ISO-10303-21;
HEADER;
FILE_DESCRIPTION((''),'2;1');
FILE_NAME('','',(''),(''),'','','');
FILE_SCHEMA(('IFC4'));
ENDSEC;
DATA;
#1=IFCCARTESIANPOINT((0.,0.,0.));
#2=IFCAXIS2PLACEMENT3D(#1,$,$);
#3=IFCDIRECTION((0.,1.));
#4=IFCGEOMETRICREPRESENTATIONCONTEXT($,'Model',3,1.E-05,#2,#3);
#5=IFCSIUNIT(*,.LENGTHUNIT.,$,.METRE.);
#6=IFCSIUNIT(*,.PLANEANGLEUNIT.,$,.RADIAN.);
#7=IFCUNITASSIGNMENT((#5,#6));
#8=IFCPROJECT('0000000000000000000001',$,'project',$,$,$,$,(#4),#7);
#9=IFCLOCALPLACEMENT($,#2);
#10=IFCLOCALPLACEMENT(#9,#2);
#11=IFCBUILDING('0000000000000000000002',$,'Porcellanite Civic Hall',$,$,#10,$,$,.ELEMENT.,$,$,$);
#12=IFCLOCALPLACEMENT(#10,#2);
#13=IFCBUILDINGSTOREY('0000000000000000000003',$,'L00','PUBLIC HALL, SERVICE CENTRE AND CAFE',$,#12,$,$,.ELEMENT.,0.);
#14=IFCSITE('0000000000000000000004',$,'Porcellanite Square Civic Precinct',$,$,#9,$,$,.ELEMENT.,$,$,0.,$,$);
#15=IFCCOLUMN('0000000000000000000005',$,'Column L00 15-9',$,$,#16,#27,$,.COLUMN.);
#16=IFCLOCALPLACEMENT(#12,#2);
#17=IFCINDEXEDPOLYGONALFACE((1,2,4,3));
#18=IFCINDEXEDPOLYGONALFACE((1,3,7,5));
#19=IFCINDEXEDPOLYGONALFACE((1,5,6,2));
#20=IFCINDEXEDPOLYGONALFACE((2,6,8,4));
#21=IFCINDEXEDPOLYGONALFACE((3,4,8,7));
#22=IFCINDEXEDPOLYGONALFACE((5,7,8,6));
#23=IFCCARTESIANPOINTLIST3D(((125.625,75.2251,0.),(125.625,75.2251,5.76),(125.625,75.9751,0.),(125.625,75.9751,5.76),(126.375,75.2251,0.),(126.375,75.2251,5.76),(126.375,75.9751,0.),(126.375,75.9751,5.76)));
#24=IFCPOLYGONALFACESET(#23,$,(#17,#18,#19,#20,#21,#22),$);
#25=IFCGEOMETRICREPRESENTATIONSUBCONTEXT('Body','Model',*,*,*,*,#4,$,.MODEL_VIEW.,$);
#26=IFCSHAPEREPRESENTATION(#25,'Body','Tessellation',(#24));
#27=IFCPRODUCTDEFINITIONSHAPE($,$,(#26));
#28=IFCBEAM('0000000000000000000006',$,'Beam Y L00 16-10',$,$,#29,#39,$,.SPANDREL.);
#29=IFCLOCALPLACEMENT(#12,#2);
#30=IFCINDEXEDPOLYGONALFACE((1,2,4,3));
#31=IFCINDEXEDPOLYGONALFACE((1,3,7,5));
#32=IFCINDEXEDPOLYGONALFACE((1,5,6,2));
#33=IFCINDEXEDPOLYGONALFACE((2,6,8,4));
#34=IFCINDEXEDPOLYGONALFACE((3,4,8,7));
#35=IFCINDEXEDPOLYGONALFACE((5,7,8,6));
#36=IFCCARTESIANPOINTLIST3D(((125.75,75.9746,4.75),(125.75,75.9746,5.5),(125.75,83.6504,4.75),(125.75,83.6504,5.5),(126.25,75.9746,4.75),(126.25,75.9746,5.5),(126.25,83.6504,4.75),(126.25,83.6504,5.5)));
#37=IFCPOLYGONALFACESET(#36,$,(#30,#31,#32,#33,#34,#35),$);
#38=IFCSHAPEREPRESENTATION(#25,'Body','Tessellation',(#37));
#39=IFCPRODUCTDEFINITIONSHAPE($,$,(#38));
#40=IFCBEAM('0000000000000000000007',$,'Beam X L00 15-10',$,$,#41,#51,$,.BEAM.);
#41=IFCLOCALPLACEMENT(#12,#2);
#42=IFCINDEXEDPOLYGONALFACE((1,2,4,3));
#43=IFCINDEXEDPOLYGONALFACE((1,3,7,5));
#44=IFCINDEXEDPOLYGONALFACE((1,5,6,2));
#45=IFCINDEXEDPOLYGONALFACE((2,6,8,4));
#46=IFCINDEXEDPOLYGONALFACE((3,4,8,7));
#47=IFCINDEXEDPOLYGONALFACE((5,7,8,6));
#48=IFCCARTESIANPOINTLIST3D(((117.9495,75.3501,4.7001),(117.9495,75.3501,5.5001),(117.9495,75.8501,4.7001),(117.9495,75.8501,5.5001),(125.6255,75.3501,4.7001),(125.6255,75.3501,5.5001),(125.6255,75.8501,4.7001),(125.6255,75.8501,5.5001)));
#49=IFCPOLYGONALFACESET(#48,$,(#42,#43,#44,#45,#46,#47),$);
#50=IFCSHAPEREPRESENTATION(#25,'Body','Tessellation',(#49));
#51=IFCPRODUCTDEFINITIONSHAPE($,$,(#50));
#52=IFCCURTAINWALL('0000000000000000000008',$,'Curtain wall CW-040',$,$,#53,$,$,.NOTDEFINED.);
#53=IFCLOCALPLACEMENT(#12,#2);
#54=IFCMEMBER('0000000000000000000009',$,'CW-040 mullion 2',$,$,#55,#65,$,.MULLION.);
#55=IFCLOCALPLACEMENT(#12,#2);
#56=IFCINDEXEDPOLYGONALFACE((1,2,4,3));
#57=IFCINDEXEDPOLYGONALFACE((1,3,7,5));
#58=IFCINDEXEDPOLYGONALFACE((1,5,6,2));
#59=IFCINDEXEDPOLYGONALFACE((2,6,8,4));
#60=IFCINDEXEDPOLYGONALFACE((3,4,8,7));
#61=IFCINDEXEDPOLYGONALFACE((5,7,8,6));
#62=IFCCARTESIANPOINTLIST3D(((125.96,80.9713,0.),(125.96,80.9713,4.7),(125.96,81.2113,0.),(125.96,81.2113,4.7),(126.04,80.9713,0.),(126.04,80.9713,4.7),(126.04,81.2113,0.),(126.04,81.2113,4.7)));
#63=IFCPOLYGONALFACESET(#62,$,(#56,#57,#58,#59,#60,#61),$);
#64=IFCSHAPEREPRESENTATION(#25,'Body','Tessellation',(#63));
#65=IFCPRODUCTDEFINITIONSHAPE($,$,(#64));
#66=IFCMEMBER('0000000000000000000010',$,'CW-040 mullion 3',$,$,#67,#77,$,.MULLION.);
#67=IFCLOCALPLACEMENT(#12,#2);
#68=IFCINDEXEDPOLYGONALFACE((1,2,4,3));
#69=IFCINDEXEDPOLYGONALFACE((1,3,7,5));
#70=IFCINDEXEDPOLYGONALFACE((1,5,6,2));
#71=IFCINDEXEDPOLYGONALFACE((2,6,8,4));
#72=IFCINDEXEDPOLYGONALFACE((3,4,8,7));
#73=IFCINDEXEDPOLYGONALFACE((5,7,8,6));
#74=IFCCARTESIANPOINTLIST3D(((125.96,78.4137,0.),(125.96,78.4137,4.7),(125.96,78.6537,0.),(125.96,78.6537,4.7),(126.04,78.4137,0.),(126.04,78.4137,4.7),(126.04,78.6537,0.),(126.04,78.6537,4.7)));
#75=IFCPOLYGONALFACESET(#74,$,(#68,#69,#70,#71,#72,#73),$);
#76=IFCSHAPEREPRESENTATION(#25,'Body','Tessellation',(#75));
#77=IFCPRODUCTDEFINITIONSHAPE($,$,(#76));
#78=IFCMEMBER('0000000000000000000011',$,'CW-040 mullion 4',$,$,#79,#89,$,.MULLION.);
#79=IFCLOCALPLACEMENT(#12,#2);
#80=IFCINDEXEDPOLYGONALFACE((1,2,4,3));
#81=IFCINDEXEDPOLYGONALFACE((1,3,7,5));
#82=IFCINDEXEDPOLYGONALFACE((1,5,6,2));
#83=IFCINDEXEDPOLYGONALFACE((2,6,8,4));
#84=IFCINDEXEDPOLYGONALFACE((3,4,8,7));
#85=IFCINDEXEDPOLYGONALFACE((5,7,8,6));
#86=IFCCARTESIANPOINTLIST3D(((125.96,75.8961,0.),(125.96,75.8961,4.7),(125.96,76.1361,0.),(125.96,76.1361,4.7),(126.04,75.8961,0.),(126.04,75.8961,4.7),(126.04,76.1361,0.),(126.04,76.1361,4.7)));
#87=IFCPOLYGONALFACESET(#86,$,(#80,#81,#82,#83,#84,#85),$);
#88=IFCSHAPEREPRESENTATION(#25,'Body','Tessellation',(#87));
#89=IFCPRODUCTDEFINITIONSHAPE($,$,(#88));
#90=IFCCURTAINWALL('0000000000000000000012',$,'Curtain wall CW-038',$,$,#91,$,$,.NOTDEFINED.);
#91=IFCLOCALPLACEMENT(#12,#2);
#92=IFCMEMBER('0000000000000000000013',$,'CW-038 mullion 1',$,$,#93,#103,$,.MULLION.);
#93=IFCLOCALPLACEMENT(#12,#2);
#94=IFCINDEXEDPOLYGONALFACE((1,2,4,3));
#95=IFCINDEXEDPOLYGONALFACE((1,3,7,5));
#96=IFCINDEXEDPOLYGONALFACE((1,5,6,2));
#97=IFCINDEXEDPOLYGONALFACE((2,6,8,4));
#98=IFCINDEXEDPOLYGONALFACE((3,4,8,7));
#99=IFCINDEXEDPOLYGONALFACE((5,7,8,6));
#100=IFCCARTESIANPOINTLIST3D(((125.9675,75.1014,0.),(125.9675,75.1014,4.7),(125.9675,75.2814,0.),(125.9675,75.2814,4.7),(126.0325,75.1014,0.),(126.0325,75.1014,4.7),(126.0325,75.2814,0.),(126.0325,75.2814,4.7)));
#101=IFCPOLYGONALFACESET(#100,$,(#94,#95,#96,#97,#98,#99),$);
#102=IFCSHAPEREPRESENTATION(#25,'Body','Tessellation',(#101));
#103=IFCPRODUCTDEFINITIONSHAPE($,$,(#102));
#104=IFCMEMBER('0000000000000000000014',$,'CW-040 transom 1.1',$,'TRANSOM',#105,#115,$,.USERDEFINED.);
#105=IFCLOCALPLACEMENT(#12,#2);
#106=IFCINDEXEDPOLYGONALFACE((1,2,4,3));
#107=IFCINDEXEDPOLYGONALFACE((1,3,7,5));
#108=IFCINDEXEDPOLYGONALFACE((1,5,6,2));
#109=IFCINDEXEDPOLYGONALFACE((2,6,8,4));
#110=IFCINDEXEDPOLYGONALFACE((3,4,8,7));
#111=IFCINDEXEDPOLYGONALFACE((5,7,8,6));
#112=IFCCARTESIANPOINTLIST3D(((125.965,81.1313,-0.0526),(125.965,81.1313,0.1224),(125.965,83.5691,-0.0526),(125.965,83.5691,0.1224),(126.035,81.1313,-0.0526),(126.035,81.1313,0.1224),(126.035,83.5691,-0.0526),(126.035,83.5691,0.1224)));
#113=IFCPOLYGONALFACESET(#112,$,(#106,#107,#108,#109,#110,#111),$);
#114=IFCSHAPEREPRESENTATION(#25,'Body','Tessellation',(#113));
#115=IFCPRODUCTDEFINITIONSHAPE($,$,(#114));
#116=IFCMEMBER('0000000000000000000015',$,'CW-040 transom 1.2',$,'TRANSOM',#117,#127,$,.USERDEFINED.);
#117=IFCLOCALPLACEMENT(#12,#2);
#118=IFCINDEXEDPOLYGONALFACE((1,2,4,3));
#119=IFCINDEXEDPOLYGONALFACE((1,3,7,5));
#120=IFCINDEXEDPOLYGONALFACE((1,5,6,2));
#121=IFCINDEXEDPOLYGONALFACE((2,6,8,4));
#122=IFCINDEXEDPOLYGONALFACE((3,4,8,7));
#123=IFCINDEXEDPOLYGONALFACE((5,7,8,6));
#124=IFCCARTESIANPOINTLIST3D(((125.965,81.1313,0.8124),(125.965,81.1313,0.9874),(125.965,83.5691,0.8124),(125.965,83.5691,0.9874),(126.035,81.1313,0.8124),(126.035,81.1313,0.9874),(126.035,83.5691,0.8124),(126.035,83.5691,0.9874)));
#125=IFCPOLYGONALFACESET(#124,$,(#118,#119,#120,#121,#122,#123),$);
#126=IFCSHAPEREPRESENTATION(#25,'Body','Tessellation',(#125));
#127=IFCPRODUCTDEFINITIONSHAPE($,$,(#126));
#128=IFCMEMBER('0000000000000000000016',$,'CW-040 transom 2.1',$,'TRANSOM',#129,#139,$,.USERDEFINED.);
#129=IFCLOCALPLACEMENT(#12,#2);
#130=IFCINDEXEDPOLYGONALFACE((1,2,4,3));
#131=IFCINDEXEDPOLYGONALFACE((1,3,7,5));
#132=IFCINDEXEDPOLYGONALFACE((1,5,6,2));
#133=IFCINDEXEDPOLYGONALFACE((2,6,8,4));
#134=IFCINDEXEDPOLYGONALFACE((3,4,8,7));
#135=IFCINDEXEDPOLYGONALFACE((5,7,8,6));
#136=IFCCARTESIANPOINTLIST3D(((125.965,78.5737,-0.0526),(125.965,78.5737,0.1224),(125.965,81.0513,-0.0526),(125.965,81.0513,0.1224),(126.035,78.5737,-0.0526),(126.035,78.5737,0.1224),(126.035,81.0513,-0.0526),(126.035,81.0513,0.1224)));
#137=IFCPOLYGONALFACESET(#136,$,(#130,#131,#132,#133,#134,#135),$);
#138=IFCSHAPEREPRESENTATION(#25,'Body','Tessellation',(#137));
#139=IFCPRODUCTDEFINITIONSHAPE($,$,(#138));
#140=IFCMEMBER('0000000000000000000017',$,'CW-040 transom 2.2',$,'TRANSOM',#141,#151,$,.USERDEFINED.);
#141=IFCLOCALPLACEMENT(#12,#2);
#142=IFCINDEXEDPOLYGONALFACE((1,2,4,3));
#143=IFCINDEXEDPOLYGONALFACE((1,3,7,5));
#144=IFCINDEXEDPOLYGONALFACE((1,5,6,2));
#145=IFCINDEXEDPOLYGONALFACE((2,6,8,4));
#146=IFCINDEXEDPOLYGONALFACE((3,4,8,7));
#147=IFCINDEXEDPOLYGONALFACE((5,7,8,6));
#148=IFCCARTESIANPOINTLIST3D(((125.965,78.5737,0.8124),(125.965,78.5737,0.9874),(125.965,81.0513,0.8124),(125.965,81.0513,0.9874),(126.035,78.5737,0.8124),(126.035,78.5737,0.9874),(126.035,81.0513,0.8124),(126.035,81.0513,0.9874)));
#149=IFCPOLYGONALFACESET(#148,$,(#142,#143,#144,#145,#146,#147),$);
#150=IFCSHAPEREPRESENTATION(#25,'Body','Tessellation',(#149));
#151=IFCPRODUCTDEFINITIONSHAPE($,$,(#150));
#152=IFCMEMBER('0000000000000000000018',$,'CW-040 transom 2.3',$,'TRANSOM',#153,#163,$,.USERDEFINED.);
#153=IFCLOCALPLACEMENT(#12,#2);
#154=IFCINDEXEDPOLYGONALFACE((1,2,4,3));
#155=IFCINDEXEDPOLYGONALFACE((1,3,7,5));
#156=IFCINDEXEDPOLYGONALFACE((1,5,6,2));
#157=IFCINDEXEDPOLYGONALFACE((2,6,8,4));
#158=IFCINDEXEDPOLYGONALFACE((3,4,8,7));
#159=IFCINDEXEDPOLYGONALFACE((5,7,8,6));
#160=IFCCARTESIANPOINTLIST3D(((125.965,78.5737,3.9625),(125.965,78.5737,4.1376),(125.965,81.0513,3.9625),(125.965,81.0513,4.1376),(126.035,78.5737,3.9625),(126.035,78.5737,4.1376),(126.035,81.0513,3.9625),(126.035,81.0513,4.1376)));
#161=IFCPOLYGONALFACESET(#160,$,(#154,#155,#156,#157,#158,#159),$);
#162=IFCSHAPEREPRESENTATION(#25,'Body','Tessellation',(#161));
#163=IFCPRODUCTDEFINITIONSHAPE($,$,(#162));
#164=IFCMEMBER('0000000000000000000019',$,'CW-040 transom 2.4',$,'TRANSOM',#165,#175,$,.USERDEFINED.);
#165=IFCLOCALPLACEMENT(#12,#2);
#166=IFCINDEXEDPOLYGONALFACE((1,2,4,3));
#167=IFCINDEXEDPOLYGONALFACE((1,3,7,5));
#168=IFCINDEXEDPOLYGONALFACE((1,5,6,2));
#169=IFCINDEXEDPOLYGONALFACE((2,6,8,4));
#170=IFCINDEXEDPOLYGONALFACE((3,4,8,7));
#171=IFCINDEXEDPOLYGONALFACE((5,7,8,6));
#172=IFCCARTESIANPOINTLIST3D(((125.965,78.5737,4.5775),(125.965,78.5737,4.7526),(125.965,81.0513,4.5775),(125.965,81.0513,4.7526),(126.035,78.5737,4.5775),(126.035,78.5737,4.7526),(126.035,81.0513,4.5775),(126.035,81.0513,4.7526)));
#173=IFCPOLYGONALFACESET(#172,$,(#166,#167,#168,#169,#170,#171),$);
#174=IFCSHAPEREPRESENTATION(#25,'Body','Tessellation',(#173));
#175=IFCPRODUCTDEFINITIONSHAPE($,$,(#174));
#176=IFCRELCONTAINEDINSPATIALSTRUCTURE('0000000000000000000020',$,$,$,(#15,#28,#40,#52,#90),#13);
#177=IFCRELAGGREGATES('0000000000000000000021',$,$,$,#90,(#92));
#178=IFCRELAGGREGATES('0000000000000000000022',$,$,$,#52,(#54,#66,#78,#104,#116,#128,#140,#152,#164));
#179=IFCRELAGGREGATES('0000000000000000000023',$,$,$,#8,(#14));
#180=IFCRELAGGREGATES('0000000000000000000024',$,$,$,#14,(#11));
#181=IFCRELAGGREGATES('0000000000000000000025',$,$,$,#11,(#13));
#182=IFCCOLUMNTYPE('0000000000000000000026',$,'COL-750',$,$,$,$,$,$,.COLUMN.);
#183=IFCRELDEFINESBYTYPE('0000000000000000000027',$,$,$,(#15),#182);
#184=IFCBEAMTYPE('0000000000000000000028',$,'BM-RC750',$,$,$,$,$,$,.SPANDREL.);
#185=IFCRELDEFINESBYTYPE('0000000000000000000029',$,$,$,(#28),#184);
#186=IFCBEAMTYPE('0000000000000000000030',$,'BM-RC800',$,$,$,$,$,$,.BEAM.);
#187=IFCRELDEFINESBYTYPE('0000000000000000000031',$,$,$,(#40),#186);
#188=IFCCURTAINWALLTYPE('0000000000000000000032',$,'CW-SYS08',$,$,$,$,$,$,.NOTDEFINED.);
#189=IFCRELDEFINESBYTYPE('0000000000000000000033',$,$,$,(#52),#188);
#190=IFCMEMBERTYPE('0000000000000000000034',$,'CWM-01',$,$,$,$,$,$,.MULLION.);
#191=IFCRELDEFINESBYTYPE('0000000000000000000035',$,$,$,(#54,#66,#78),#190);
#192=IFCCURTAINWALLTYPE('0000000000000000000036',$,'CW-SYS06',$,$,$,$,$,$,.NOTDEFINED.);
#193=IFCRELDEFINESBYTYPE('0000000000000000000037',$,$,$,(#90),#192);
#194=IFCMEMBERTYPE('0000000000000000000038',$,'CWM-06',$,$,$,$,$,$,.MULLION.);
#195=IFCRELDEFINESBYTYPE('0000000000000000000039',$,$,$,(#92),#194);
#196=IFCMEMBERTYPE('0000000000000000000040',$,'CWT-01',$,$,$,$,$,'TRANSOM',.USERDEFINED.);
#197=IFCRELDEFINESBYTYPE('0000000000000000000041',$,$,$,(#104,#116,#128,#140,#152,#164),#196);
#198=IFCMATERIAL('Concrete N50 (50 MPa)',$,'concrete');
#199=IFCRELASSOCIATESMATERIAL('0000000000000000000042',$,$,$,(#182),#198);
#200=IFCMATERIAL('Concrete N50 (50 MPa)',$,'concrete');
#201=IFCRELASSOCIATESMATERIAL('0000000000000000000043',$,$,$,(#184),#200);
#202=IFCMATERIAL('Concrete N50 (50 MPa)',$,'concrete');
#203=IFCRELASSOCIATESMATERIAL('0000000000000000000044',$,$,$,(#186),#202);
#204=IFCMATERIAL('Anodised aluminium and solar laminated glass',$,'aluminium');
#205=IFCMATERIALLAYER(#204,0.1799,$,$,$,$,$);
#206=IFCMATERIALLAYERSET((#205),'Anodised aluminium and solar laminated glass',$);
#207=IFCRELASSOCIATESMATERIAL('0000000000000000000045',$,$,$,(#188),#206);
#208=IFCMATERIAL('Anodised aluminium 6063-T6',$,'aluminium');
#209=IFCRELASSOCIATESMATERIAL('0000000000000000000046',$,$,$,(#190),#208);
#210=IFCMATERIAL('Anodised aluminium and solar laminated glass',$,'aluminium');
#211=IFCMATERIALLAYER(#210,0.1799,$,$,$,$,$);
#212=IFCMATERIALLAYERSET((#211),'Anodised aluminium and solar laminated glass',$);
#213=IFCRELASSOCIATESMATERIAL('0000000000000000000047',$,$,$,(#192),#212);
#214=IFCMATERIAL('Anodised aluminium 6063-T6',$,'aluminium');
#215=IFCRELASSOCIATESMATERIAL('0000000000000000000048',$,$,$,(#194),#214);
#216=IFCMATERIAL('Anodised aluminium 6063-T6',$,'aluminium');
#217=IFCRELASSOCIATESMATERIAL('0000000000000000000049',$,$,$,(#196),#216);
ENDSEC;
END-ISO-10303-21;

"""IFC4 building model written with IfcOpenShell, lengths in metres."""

from ifc_helpers import new_model, si_unit, direction, frame, origin, origin_2d, place, context, subcontext, project, spatial, rectangle, extrude, material, layer, layer_set, material_profile, profile_set, type_object, element, aggregate, save


model = new_model("IFC4")

# Units and contexts
model_context = context("Model", 3, precision=1e-05, world=origin(), true_north=direction((0.0, 1.0)))
body_context = subcontext(model_context, "Body", "Model", "MODEL_VIEW")
ifc_project = project(units=[si_unit("LENGTHUNIT", "METRE"), si_unit("PLANEANGLEUNIT", "RADIAN")], contexts=[model_context])

# Site, building, storey
site_placement = place(None, origin())
site = spatial("IfcSite", under=ifc_project, at=site_placement, Name="Porcellanite Square Civic Precinct", CompositionType="ELEMENT", RefElevation=0.0)
building_placement = place(site_placement, origin())
building = spatial("IfcBuilding", under=site, at=building_placement, Name="Porcellanite Civic Hall", CompositionType="ELEMENT")
storey_placement = place(building_placement, origin())
storey = spatial("IfcBuildingStorey", under=building, at=storey_placement, Name="L00", Description="PUBLIC HALL, SERVICE CENTRE AND CAFE", CompositionType="ELEMENT", Elevation=0.0)

# Column
ifc_material_1 = material(Name="Concrete N50 (50 MPa)", Category="concrete")
ifc_material_profile_1 = material_profile(ifc_material_1, rectangle(XDim=0.75, YDim=0.75, at=origin_2d()), Name="RC-750x750")
ifc_profile_set_1 = profile_set([ifc_material_profile_1], Name="Concrete N50 (50 MPa)")
column_type = type_object("IfcColumnType", Name="COL-750", PredefinedType="COLUMN", material=ifc_profile_set_1)
column_placement = place(storey_placement, frame((126.0, 75.6001, 0.0), z_axis=(0.0, 0.0, 1.0), x_axis=(1.0, 0.0, 0.0)))
element("IfcColumn", 1, at=column_placement, inside=storey, type_object=column_type, Name="Column L00 15-9", PredefinedType="COLUMN", context=body_context, shape_type="SweptSolid", body=[
    extrude(rectangle(XDim=0.75, YDim=0.75, at=origin_2d()), origin(), (0.0, 0.0, 1.0), 5.76),
])

# Beams
ifc_material_2 = material(Name="Concrete N50 (50 MPa)", Category="concrete")
ifc_material_profile_2 = material_profile(ifc_material_2, rectangle(XDim=0.5, YDim=0.75, at=origin_2d()), Name="RC-500x750")
ifc_profile_set_2 = profile_set([ifc_material_profile_2], Name="Concrete N50 (50 MPa)")
beam_type_1 = type_object("IfcBeamType", Name="BM-RC750", PredefinedType="SPANDREL", material=ifc_profile_set_2)
beam_1_placement = place(storey_placement, frame((126.0, 75.9746, 5.125), z_axis=(0.0, 1.0, 0.0), x_axis=(-1.0, 0.0, 0.0)))
element("IfcBeam", 2, at=beam_1_placement, inside=storey, type_object=beam_type_1, Name="Beam Y L00 16-10", PredefinedType="SPANDREL", context=body_context, shape_type="SweptSolid", body=[
    extrude(rectangle(XDim=0.5, YDim=0.75, at=origin_2d()), origin(), (0.0, 0.0, 1.0), 7.6758),
])
ifc_material_3 = material(Name="Concrete N50 (50 MPa)", Category="concrete")
ifc_material_profile_3 = material_profile(ifc_material_3, rectangle(XDim=0.5, YDim=0.8, at=origin_2d()), Name="RC-500x800")
ifc_profile_set_3 = profile_set([ifc_material_profile_3], Name="Concrete N50 (50 MPa)")
beam_type_2 = type_object("IfcBeamType", Name="BM-RC800", PredefinedType="BEAM", material=ifc_profile_set_3)
beam_2_placement = place(storey_placement, frame((117.9495, 75.6001, 5.1001), z_axis=(1.0, 0.0, 0.0), x_axis=(0.0, 1.0, 0.0)))
element("IfcBeam", 3, at=beam_2_placement, inside=storey, type_object=beam_type_2, Name="Beam X L00 15-10", PredefinedType="BEAM", context=body_context, shape_type="SweptSolid", body=[
    extrude(rectangle(XDim=0.5, YDim=0.8, at=origin_2d()), origin(), (0.0, 0.0, 1.0), 7.676),
])

# Curtain wall, members
ifc_material_4 = material(Name="Anodised aluminium and solar laminated glass", Category="aluminium")
ifc_layer_1 = layer(ifc_material_4, 0.1799)
ifc_layer_set_1 = layer_set([ifc_layer_1], Name="Anodised aluminium and solar laminated glass")
curtain_wall_type_1 = type_object("IfcCurtainWallType", Name="CW-SYS08", PredefinedType="NOTDEFINED", material=ifc_layer_set_1)
curtain_wall_1_placement = place(storey_placement, origin())
curtain_wall_1 = element("IfcCurtainWall", 4, at=curtain_wall_1_placement, inside=storey, type_object=curtain_wall_type_1, Name="Curtain wall CW-040", PredefinedType="NOTDEFINED")
ifc_material_5 = material(Name="Anodised aluminium 6063-T6", Category="aluminium")
ifc_material_profile_4 = material_profile(ifc_material_5, rectangle(XDim=0.0801, YDim=0.24, at=origin_2d()), Name="AL-80x240")
ifc_profile_set_4 = profile_set([ifc_material_profile_4], Name="Anodised aluminium 6063-T6")
member_type_1 = type_object("IfcMemberType", Name="CWM-01", PredefinedType="MULLION", material=ifc_profile_set_4)
member_1_placement = place(storey_placement, frame((126.0, 81.0913, 0.0), z_axis=(0.0, 0.0, 1.0), x_axis=(1.0, 0.0, 0.0)))
member_1 = element("IfcMember", 5, at=member_1_placement, type_object=member_type_1, Name="CW-040 mullion 2", PredefinedType="MULLION", context=body_context, shape_type="SweptSolid", body=[
    extrude(rectangle(XDim=0.0801, YDim=0.24, at=origin_2d()), origin(), (0.0, 0.0, 1.0), 4.7),
])
member_2_placement = place(storey_placement, frame((126.0, 78.5337, 0.0), z_axis=(0.0, 0.0, 1.0), x_axis=(1.0, 0.0, 0.0)))
member_2 = element("IfcMember", 6, at=member_2_placement, type_object=member_type_1, Name="CW-040 mullion 3", PredefinedType="MULLION", context=body_context, shape_type="SweptSolid", body=[
    extrude(rectangle(XDim=0.0801, YDim=0.24, at=origin_2d()), origin(), (0.0, 0.0, 1.0), 4.7),
])
member_3_placement = place(storey_placement, frame((126.0, 76.0161, 0.0), z_axis=(0.0, 0.0, 1.0), x_axis=(1.0, 0.0, 0.0)))
member_3 = element("IfcMember", 7, at=member_3_placement, type_object=member_type_1, Name="CW-040 mullion 4", PredefinedType="MULLION", context=body_context, shape_type="SweptSolid", body=[
    extrude(rectangle(XDim=0.0801, YDim=0.24, at=origin_2d()), origin(), (0.0, 0.0, 1.0), 4.7),
])

# Curtain wall, member
ifc_material_6 = material(Name="Anodised aluminium and solar laminated glass", Category="aluminium")
ifc_layer_2 = layer(ifc_material_6, 0.1799)
ifc_layer_set_2 = layer_set([ifc_layer_2], Name="Anodised aluminium and solar laminated glass")
curtain_wall_type_2 = type_object("IfcCurtainWallType", Name="CW-SYS06", PredefinedType="NOTDEFINED", material=ifc_layer_set_2)
curtain_wall_2_placement = place(storey_placement, origin())
curtain_wall_2 = element("IfcCurtainWall", 8, at=curtain_wall_2_placement, inside=storey, type_object=curtain_wall_type_2, Name="Curtain wall CW-038", PredefinedType="NOTDEFINED")
ifc_material_7 = material(Name="Anodised aluminium 6063-T6", Category="aluminium")
ifc_material_profile_5 = material_profile(ifc_material_7, rectangle(XDim=0.0649, YDim=0.1799, at=origin_2d()), Name="AL-65x180")
ifc_profile_set_5 = profile_set([ifc_material_profile_5], Name="Anodised aluminium 6063-T6")
member_type_2 = type_object("IfcMemberType", Name="CWM-06", PredefinedType="MULLION", material=ifc_profile_set_5)
member_4_placement = place(storey_placement, frame((126.0, 75.1914, 0.0), z_axis=(0.0, 0.0, 1.0), x_axis=(1.0, 0.0, 0.0)))
member_4 = element("IfcMember", 9, at=member_4_placement, type_object=member_type_2, Name="CW-038 mullion 1", PredefinedType="MULLION", context=body_context, shape_type="SweptSolid", body=[
    extrude(rectangle(XDim=0.0649, YDim=0.1799, at=origin_2d()), origin(), (0.0, 0.0, 1.0), 4.7),
])

# Members
ifc_material_8 = material(Name="Anodised aluminium 6063-T6", Category="aluminium")
ifc_material_profile_6 = material_profile(ifc_material_8, rectangle(XDim=0.0701, YDim=0.175, at=origin_2d()), Name="AL-70x175")
ifc_profile_set_6 = profile_set([ifc_material_profile_6], Name="Anodised aluminium 6063-T6")
member_type_3 = type_object("IfcMemberType", Name="CWT-01", ElementType="TRANSOM", PredefinedType="USERDEFINED", material=ifc_profile_set_6)
member_5_placement = place(storey_placement, frame((126.0, 83.5691, 0.0349), z_axis=(0.0, -1.0, 0.0), x_axis=(1.0, 0.0, 0.0)))
member_5 = element("IfcMember", 10, at=member_5_placement, type_object=member_type_3, Name="CW-040 transom 1.1", ObjectType="TRANSOM", PredefinedType="USERDEFINED", context=body_context, shape_type="SweptSolid", body=[
    extrude(rectangle(XDim=0.0701, YDim=0.175, at=origin_2d()), origin(), (0.0, 0.0, 1.0), 2.4377),
])
member_6_placement = place(storey_placement, frame((126.0, 83.5691, 0.8999), z_axis=(0.0, -1.0, 0.0), x_axis=(1.0, 0.0, 0.0)))
member_6 = element("IfcMember", 11, at=member_6_placement, type_object=member_type_3, Name="CW-040 transom 1.2", ObjectType="TRANSOM", PredefinedType="USERDEFINED", context=body_context, shape_type="SweptSolid", body=[
    extrude(rectangle(XDim=0.0701, YDim=0.175, at=origin_2d()), origin(), (0.0, 0.0, 1.0), 2.4377),
])
member_7_placement = place(storey_placement, frame((126.0, 81.0513, 0.0349), z_axis=(0.0, -1.0, 0.0), x_axis=(1.0, 0.0, 0.0)))
member_7 = element("IfcMember", 12, at=member_7_placement, type_object=member_type_3, Name="CW-040 transom 2.1", ObjectType="TRANSOM", PredefinedType="USERDEFINED", context=body_context, shape_type="SweptSolid", body=[
    extrude(rectangle(XDim=0.0701, YDim=0.175, at=origin_2d()), origin(), (0.0, 0.0, 1.0), 2.4775),
])
member_8_placement = place(storey_placement, frame((126.0, 81.0513, 0.8999), z_axis=(0.0, -1.0, 0.0), x_axis=(1.0, 0.0, 0.0)))
member_8 = element("IfcMember", 13, at=member_8_placement, type_object=member_type_3, Name="CW-040 transom 2.2", ObjectType="TRANSOM", PredefinedType="USERDEFINED", context=body_context, shape_type="SweptSolid", body=[
    extrude(rectangle(XDim=0.0701, YDim=0.175, at=origin_2d()), origin(), (0.0, 0.0, 1.0), 2.4775),
])
member_9_placement = place(storey_placement, frame((126.0, 81.0513, 4.05), z_axis=(0.0, -1.0, 0.0), x_axis=(1.0, 0.0, 0.0)))
member_9 = element("IfcMember", 14, at=member_9_placement, type_object=member_type_3, Name="CW-040 transom 2.3", ObjectType="TRANSOM", PredefinedType="USERDEFINED", context=body_context, shape_type="SweptSolid", body=[
    extrude(rectangle(XDim=0.0701, YDim=0.175, at=origin_2d()), origin(), (0.0, 0.0, 1.0), 2.4775),
])
member_10_placement = place(storey_placement, frame((126.0, 81.0513, 4.665), z_axis=(0.0, -1.0, 0.0), x_axis=(1.0, 0.0, 0.0)))
member_10 = element("IfcMember", 15, at=member_10_placement, type_object=member_type_3, Name="CW-040 transom 2.4", ObjectType="TRANSOM", PredefinedType="USERDEFINED", context=body_context, shape_type="SweptSolid", body=[
    extrude(rectangle(XDim=0.0701, YDim=0.175, at=origin_2d()), origin(), (0.0, 0.0, 1.0), 2.4775),
])
aggregate(curtain_wall_2, [member_4])

aggregate(curtain_wall_1, [member_1, member_2, member_3, member_5, member_6, member_7, member_8, member_9, member_10])

save(model, "model.ifc")
